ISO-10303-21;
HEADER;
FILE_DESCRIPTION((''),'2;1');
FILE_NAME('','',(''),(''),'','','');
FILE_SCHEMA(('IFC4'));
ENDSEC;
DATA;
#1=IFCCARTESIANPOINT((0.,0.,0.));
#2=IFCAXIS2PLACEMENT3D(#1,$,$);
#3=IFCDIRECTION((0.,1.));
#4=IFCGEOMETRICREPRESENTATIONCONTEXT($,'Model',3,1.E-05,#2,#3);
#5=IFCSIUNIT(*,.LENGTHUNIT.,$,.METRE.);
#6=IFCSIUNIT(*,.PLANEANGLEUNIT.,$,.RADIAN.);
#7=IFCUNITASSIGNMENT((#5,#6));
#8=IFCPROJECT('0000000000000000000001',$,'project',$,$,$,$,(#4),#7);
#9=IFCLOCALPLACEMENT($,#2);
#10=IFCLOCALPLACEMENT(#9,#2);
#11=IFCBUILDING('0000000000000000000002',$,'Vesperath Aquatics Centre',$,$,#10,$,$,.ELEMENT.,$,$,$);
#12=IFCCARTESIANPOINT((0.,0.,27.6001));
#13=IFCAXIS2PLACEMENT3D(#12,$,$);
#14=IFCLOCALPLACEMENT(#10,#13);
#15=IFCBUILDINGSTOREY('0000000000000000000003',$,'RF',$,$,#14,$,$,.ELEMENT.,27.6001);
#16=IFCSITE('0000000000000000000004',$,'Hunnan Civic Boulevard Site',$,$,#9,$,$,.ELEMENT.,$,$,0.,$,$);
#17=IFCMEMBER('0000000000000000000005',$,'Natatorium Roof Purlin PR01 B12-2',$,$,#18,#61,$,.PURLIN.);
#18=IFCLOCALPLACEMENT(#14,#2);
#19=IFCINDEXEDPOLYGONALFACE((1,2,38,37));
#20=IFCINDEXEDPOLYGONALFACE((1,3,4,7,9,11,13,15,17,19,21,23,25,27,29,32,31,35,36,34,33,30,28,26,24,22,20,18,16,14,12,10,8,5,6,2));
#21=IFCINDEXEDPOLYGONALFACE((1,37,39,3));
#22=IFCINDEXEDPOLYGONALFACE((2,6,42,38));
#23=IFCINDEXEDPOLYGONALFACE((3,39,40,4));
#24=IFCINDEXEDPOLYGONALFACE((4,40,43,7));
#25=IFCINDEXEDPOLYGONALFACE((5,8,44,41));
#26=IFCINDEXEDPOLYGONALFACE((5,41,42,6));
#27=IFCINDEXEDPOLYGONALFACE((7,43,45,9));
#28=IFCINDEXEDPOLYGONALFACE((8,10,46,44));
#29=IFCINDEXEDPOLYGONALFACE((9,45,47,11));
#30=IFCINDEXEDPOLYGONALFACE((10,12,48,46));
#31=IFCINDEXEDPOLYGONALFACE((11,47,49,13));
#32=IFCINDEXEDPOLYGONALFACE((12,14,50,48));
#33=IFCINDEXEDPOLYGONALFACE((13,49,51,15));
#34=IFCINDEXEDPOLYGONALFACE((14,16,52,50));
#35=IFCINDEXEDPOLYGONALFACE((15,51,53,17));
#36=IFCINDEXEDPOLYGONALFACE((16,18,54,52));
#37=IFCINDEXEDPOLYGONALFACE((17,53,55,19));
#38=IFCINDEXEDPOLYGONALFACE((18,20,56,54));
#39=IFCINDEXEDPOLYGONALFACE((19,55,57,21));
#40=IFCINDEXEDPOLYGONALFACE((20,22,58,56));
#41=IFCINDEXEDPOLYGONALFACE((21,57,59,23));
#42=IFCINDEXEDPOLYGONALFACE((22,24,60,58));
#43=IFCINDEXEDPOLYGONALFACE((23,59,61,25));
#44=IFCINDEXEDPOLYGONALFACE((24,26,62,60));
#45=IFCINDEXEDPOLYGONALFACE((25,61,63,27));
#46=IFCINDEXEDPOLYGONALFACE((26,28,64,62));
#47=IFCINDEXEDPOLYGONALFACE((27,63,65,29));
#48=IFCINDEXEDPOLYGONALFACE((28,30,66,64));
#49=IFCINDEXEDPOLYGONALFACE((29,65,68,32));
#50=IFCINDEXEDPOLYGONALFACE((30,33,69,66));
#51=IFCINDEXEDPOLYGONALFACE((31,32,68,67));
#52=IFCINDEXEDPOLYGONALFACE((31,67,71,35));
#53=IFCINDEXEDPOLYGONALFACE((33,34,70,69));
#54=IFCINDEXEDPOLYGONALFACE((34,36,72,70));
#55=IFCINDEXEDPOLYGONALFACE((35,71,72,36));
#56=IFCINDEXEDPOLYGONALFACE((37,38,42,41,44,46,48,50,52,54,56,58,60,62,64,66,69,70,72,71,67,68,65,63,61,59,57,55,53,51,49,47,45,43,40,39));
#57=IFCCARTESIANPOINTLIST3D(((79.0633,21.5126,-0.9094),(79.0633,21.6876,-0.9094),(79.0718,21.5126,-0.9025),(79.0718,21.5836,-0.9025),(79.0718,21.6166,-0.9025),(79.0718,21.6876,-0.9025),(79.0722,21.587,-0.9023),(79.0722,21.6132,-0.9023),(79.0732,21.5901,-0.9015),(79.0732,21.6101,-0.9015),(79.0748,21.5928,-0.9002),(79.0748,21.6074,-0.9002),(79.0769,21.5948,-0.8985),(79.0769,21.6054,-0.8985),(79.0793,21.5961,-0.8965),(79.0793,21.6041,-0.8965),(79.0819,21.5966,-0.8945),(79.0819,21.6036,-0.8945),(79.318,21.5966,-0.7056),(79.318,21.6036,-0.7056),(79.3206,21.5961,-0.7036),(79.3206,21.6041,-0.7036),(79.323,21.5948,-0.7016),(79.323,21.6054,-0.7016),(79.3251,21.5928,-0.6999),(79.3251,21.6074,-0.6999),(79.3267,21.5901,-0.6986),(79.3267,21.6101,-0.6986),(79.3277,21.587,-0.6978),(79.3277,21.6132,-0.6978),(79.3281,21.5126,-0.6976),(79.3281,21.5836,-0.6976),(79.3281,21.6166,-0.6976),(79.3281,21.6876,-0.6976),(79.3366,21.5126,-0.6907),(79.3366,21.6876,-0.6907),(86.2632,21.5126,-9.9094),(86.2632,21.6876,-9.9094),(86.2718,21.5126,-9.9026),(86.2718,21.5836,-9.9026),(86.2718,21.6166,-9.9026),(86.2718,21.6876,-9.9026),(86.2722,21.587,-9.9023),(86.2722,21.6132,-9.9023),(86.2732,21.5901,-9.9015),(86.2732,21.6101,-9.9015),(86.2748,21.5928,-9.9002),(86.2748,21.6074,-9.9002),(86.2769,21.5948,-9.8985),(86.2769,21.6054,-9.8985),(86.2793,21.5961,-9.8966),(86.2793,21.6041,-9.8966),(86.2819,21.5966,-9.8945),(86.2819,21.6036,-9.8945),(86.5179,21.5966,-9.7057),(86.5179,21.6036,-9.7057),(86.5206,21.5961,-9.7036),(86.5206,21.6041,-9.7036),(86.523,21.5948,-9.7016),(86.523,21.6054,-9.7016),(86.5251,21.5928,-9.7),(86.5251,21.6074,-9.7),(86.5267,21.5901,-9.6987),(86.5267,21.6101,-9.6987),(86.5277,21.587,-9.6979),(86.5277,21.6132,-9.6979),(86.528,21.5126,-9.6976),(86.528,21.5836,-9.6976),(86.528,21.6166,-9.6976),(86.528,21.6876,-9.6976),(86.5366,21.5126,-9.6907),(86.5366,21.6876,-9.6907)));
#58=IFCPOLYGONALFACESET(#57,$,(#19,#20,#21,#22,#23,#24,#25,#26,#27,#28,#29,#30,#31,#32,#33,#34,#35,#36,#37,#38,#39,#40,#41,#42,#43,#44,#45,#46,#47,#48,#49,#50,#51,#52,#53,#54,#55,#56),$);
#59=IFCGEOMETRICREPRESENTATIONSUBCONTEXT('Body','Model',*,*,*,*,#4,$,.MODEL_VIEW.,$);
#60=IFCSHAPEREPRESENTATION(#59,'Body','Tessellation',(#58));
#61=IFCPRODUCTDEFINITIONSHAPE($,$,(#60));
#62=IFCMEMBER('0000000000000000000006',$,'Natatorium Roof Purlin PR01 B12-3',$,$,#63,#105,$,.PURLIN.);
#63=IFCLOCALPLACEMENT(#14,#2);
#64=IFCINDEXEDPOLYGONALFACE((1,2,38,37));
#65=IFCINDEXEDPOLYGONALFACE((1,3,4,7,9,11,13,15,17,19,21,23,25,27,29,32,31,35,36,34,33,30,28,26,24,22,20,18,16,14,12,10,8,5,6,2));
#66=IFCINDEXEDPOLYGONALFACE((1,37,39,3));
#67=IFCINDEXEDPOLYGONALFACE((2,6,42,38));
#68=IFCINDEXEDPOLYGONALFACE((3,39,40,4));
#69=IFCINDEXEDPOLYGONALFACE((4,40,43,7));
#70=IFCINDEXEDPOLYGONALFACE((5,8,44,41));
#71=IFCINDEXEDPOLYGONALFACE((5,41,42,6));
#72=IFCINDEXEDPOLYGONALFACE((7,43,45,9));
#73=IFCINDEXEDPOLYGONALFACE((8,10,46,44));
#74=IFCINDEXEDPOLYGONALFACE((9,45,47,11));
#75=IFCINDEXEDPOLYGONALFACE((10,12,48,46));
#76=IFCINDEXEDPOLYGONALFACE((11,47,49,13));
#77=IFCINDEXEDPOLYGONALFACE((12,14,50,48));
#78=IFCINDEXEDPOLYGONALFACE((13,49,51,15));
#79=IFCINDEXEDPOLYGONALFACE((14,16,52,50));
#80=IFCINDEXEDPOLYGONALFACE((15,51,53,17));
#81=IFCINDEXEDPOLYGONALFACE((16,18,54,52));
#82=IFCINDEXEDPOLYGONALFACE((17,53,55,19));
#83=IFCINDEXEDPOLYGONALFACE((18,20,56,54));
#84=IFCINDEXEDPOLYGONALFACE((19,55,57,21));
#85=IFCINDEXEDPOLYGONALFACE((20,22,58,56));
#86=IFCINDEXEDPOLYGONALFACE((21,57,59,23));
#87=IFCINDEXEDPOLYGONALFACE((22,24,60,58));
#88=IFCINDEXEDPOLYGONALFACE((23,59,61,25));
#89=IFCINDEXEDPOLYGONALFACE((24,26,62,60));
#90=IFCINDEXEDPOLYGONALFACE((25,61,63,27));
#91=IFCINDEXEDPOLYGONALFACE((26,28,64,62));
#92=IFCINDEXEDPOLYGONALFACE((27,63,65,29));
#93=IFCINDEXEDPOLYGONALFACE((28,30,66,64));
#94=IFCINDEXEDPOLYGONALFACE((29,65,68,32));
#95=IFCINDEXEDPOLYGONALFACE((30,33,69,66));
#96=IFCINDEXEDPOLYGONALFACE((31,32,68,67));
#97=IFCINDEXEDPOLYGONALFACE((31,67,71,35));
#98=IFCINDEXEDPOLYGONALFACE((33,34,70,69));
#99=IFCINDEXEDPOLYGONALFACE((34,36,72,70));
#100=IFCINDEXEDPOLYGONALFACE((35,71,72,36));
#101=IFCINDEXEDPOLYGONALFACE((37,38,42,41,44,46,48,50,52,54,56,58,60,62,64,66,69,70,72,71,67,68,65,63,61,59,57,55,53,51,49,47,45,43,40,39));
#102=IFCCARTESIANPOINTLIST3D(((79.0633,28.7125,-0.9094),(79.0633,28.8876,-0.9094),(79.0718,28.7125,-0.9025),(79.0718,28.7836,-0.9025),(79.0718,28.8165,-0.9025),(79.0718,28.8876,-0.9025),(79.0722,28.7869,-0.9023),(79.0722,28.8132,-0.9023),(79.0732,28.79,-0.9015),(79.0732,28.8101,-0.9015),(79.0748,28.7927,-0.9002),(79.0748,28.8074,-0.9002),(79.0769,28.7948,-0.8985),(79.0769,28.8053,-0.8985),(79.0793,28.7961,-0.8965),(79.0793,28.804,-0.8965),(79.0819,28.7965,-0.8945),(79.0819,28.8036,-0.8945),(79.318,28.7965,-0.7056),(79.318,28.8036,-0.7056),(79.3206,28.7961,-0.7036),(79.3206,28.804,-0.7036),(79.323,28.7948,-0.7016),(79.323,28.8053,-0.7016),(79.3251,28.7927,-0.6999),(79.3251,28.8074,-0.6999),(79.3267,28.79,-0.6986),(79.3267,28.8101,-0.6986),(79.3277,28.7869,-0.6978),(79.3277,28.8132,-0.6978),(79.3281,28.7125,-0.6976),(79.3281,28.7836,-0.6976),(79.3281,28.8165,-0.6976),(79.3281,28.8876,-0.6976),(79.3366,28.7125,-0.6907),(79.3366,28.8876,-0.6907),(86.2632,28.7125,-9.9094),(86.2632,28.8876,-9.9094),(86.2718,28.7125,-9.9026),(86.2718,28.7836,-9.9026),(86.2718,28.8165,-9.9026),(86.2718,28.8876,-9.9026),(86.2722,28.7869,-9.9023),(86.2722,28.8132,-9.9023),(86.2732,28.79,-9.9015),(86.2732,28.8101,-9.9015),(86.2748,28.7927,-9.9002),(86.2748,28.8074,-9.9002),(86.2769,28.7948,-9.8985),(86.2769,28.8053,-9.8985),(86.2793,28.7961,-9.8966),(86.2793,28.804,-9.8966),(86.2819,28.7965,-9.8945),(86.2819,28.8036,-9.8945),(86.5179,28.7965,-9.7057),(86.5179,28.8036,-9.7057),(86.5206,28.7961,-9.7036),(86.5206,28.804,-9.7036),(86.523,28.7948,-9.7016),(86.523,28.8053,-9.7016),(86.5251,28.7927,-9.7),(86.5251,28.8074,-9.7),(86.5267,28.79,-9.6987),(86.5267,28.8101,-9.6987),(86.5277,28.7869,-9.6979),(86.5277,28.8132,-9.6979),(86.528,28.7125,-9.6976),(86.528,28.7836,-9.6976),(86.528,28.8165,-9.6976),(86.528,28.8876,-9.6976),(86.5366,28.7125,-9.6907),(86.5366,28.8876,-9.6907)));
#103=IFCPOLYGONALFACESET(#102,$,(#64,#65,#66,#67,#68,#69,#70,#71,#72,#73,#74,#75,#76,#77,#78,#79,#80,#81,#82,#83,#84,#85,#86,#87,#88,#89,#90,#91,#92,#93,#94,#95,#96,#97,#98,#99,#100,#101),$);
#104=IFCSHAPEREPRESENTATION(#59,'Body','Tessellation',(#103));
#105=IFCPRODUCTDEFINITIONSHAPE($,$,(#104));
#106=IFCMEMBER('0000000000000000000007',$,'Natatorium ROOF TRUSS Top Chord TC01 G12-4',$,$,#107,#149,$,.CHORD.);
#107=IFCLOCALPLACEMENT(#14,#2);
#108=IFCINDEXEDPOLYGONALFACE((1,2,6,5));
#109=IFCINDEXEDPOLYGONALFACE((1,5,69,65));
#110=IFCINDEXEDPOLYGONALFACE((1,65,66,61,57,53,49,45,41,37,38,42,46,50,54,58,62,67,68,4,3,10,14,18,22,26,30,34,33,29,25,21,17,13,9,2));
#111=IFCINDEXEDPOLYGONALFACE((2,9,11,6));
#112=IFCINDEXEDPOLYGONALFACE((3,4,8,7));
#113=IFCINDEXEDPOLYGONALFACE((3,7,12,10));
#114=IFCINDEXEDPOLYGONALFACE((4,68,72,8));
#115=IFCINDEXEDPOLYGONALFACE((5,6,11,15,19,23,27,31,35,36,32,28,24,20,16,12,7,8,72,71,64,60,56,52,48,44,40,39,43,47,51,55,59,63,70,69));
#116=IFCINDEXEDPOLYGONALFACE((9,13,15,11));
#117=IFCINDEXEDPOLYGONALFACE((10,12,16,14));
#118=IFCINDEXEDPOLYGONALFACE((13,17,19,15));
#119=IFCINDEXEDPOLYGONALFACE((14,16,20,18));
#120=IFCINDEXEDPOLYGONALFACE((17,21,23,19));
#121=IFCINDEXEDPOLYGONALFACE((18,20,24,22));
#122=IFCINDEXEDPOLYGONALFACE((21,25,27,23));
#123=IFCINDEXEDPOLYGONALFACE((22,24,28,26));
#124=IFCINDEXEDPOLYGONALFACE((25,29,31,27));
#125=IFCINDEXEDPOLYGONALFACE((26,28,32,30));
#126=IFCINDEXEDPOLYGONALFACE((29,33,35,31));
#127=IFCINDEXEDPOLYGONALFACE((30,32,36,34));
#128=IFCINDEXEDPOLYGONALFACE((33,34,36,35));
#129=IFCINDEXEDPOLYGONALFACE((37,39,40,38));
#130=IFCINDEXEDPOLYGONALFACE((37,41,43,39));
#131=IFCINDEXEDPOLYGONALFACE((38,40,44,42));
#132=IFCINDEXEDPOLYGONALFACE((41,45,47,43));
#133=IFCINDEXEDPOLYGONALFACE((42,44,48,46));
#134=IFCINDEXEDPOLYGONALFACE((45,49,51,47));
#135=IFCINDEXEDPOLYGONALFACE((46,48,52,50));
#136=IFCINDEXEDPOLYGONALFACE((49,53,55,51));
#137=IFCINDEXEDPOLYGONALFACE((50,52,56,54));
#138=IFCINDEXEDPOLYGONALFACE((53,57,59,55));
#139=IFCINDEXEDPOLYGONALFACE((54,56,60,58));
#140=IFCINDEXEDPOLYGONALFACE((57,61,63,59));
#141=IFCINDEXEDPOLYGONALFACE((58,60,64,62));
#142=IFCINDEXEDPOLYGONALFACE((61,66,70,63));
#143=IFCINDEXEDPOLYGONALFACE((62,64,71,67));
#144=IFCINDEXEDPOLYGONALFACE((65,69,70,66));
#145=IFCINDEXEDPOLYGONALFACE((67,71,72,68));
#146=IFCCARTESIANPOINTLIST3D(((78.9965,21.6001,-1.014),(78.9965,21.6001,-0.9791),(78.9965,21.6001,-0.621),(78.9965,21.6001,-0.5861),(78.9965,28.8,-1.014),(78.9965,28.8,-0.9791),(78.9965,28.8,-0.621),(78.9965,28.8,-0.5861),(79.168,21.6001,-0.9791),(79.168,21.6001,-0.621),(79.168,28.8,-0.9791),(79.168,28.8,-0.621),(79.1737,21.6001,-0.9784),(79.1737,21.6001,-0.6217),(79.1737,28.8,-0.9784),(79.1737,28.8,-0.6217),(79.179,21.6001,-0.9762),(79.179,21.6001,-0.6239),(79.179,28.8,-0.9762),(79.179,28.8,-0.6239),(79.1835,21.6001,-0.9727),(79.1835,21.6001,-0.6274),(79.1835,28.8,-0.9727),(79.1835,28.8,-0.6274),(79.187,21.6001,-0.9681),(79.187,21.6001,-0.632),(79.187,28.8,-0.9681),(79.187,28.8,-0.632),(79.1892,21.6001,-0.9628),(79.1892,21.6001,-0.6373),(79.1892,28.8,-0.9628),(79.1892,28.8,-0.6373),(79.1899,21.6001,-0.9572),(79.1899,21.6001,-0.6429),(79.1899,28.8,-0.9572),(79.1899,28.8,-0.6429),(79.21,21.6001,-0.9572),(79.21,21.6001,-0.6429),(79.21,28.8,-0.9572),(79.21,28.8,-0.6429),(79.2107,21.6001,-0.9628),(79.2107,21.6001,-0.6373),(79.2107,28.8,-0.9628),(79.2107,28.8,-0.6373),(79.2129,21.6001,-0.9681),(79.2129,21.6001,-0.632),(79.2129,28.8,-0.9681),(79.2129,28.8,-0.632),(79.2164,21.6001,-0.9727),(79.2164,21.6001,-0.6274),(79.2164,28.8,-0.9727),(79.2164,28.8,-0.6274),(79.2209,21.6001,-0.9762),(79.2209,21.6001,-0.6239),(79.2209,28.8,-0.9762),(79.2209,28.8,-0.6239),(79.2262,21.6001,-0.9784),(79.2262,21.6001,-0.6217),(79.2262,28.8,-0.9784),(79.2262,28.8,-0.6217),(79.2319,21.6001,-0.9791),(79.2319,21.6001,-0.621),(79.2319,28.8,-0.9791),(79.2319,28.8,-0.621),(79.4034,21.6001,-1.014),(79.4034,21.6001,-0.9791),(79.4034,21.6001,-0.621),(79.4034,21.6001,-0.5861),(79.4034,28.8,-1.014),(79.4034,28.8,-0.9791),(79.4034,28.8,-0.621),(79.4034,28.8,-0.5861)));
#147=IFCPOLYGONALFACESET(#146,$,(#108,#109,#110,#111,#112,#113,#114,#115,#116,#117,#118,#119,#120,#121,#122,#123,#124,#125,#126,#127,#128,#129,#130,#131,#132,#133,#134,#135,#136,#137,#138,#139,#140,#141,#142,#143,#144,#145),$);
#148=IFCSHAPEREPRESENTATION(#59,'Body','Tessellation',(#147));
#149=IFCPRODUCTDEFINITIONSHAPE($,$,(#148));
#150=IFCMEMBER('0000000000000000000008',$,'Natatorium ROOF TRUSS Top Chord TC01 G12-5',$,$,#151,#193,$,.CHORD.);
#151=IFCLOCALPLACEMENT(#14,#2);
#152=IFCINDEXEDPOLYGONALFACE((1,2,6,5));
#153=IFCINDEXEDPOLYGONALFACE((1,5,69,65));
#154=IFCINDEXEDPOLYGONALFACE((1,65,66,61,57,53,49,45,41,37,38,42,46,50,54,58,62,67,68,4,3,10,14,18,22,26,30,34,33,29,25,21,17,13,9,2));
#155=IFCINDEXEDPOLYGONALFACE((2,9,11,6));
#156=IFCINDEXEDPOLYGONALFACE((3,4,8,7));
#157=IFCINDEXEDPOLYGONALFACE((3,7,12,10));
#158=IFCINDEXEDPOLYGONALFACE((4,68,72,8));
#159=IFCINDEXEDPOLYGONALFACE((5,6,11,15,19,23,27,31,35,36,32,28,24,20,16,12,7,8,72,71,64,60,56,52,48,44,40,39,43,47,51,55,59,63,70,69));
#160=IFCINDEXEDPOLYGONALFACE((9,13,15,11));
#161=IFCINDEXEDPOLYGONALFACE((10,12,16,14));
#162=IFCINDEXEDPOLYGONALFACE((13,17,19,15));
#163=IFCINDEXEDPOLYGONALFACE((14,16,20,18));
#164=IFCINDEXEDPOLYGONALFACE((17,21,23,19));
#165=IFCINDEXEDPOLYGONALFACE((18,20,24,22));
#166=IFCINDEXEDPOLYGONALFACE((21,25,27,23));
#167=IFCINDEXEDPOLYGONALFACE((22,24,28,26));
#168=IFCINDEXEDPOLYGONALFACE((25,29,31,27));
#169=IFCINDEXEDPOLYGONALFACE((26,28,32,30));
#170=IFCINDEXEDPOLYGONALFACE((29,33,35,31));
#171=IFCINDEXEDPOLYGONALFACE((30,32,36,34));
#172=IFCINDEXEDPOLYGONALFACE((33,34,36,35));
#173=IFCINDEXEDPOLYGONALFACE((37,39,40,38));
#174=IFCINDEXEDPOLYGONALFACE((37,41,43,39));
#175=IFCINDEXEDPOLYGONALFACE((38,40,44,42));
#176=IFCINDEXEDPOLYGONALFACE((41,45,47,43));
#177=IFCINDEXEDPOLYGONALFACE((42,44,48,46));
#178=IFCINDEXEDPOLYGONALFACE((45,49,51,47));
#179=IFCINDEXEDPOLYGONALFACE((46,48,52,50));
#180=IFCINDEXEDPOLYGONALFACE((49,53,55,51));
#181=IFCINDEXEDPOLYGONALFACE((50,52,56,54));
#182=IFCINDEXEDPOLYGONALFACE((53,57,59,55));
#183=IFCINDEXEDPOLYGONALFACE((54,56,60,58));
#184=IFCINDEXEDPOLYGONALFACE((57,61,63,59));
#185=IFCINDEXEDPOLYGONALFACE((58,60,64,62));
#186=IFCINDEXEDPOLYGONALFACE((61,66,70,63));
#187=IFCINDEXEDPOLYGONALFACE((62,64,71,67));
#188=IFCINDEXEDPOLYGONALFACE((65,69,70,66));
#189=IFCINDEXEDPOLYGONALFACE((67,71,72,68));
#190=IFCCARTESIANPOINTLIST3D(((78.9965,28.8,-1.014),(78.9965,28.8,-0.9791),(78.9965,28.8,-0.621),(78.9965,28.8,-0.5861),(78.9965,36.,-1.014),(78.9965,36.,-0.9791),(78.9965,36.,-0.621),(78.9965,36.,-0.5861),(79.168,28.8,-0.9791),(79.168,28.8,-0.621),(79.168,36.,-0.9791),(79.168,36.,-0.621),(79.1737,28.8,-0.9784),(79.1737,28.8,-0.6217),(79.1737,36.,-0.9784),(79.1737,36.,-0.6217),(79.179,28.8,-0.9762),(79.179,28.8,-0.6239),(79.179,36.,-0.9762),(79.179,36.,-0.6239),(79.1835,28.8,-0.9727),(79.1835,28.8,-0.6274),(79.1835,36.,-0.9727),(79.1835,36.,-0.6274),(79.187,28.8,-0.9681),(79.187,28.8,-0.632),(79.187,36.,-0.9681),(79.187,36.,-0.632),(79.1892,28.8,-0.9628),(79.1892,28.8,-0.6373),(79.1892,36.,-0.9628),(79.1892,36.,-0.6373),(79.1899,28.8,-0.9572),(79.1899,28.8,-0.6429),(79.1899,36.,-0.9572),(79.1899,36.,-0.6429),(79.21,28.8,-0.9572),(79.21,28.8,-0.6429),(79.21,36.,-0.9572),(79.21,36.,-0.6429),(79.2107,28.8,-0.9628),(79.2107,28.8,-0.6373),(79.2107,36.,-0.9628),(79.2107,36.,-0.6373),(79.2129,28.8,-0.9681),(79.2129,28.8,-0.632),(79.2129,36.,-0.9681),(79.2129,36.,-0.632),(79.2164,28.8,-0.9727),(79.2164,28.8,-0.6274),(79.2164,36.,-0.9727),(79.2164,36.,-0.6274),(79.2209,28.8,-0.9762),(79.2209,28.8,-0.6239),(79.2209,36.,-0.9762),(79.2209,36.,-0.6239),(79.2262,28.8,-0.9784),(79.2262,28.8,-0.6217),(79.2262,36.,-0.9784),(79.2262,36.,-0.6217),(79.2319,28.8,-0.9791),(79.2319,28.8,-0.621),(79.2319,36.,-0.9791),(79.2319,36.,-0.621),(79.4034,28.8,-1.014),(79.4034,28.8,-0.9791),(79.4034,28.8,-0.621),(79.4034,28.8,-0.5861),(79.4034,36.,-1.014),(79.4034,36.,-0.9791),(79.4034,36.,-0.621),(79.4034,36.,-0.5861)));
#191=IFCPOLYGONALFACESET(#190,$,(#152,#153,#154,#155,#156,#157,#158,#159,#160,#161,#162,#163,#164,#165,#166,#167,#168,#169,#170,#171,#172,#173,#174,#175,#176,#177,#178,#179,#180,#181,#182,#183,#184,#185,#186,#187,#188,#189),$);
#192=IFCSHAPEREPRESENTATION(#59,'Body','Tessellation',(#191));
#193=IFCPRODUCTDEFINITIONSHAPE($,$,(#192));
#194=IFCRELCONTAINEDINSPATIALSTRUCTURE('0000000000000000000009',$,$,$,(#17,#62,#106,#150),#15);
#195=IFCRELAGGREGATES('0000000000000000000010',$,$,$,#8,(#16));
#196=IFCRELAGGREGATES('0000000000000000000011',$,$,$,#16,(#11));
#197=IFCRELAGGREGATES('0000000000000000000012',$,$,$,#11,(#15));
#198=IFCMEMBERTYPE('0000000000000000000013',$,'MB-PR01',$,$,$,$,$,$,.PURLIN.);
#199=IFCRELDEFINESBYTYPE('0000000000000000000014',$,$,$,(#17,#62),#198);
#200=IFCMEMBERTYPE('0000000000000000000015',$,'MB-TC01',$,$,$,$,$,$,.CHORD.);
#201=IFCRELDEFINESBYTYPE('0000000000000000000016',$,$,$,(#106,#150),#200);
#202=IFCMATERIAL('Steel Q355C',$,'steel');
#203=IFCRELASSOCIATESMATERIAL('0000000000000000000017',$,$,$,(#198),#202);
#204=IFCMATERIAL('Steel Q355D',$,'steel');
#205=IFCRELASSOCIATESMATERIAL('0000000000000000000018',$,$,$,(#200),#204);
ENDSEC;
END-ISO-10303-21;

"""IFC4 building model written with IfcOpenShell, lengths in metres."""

from ifc_helpers import new_model, si_unit, direction, frame, origin, origin_2d, place, context, subcontext, project, spatial, i_section, extrude, material, material_profile, profile_set, type_object, element, save


model = new_model("IFC4")

# Units and contexts
model_context = context("Model", 3, precision=1e-05, world=origin(), true_north=direction((0.0, 1.0)))
body_context = subcontext(model_context, "Body", "Model", "MODEL_VIEW")
ifc_project = project(units=[si_unit("LENGTHUNIT", "METRE"), si_unit("PLANEANGLEUNIT", "RADIAN")], contexts=[model_context])

# Site, building, storey
site_placement = place(None, origin())
site = spatial("IfcSite", under=ifc_project, at=site_placement, Name="Hunnan Civic Boulevard Site", CompositionType="ELEMENT", RefElevation=0.0)
building_placement = place(site_placement, origin())
building = spatial("IfcBuilding", under=site, at=building_placement, Name="Vesperath Aquatics Centre", CompositionType="ELEMENT")
storey_placement = place(building_placement, frame((0.0, 0.0, 27.6001)))
storey = spatial("IfcBuildingStorey", under=building, at=storey_placement, Name="RF", CompositionType="ELEMENT", Elevation=27.6001)

# Shared definitions
ifc_material_1 = material(Name="Steel Q355C", Category="steel")

# Members
ifc_material_2 = material(Name="Steel Q355D", Category="steel")
ifc_material_profile_1 = material_profile(ifc_material_1, i_section(OverallWidth=0.175, OverallDepth=0.3501, WebThickness=0.0071, FlangeThickness=0.011, FilletRadius=0.0129, at=origin_2d()), Name="HN 350x175x7x11")
ifc_profile_set_1 = profile_set([ifc_material_profile_1], Name="Steel Q355C")
member_type_1 = type_object("IfcMemberType", Name="MB-PR01", PredefinedType="PURLIN", material=ifc_profile_set_1)
for number, where, z_axis, x_axis, name in (
    (1, (79.2, 21.6001, -0.8), (0.624692, 0.0, -0.780871), (0.0, 1.0, 0.0), "Natatorium Roof Purlin PR01 B12-2"),
    (2, (79.2, 28.8, -0.8), (0.624692, 0.0, -0.780871), (0.0, 1.0, 0.0), "Natatorium Roof Purlin PR01 B12-3"),
):
    element("IfcMember", number, at=place(storey_placement, frame(where, z_axis=z_axis, x_axis=x_axis)), inside=storey, type_object=member_type_1, Name=name, PredefinedType="PURLIN", context=body_context, shape_type="SweptSolid", body=[
        extrude(i_section(OverallWidth=0.175, OverallDepth=0.3501, WebThickness=0.0071, FlangeThickness=0.011, FilletRadius=0.0129, at=origin_2d()), origin(), (0.0, 0.0, 1.0), 11.5256),
    ])
ifc_material_profile_2 = material_profile(ifc_material_2, i_section(OverallWidth=0.407, OverallDepth=0.428, WebThickness=0.02, FlangeThickness=0.0349, FilletRadius=0.022, at=origin_2d()), Name="HW 428x407x20x35")
ifc_profile_set_2 = profile_set([ifc_material_profile_2], Name="Steel Q355D")
member_type_2 = type_object("IfcMemberType", Name="MB-TC01", PredefinedType="CHORD", material=ifc_profile_set_2)
for number, where, z_axis, x_axis, name in (
    (3, (79.2, 21.6001, -0.8), (0.0, 1.0, 0.0), (-1.0, 0.0, 0.0), "Natatorium ROOF TRUSS Top Chord TC01 G12-4"),
    (4, (79.2, 28.8, -0.8), (0.0, 1.0, 0.0), (-1.0, 0.0, 0.0), "Natatorium ROOF TRUSS Top Chord TC01 G12-5"),
):
    element("IfcMember", number, at=place(storey_placement, frame(where, z_axis=z_axis, x_axis=x_axis)), inside=storey, type_object=member_type_2, Name=name, PredefinedType="CHORD", context=body_context, shape_type="SweptSolid", body=[
        extrude(i_section(OverallWidth=0.407, OverallDepth=0.428, WebThickness=0.02, FlangeThickness=0.0349, FilletRadius=0.022, at=origin_2d()), origin(), (0.0, 0.0, 1.0), 7.2),
    ])

save(model, "model.ifc")
